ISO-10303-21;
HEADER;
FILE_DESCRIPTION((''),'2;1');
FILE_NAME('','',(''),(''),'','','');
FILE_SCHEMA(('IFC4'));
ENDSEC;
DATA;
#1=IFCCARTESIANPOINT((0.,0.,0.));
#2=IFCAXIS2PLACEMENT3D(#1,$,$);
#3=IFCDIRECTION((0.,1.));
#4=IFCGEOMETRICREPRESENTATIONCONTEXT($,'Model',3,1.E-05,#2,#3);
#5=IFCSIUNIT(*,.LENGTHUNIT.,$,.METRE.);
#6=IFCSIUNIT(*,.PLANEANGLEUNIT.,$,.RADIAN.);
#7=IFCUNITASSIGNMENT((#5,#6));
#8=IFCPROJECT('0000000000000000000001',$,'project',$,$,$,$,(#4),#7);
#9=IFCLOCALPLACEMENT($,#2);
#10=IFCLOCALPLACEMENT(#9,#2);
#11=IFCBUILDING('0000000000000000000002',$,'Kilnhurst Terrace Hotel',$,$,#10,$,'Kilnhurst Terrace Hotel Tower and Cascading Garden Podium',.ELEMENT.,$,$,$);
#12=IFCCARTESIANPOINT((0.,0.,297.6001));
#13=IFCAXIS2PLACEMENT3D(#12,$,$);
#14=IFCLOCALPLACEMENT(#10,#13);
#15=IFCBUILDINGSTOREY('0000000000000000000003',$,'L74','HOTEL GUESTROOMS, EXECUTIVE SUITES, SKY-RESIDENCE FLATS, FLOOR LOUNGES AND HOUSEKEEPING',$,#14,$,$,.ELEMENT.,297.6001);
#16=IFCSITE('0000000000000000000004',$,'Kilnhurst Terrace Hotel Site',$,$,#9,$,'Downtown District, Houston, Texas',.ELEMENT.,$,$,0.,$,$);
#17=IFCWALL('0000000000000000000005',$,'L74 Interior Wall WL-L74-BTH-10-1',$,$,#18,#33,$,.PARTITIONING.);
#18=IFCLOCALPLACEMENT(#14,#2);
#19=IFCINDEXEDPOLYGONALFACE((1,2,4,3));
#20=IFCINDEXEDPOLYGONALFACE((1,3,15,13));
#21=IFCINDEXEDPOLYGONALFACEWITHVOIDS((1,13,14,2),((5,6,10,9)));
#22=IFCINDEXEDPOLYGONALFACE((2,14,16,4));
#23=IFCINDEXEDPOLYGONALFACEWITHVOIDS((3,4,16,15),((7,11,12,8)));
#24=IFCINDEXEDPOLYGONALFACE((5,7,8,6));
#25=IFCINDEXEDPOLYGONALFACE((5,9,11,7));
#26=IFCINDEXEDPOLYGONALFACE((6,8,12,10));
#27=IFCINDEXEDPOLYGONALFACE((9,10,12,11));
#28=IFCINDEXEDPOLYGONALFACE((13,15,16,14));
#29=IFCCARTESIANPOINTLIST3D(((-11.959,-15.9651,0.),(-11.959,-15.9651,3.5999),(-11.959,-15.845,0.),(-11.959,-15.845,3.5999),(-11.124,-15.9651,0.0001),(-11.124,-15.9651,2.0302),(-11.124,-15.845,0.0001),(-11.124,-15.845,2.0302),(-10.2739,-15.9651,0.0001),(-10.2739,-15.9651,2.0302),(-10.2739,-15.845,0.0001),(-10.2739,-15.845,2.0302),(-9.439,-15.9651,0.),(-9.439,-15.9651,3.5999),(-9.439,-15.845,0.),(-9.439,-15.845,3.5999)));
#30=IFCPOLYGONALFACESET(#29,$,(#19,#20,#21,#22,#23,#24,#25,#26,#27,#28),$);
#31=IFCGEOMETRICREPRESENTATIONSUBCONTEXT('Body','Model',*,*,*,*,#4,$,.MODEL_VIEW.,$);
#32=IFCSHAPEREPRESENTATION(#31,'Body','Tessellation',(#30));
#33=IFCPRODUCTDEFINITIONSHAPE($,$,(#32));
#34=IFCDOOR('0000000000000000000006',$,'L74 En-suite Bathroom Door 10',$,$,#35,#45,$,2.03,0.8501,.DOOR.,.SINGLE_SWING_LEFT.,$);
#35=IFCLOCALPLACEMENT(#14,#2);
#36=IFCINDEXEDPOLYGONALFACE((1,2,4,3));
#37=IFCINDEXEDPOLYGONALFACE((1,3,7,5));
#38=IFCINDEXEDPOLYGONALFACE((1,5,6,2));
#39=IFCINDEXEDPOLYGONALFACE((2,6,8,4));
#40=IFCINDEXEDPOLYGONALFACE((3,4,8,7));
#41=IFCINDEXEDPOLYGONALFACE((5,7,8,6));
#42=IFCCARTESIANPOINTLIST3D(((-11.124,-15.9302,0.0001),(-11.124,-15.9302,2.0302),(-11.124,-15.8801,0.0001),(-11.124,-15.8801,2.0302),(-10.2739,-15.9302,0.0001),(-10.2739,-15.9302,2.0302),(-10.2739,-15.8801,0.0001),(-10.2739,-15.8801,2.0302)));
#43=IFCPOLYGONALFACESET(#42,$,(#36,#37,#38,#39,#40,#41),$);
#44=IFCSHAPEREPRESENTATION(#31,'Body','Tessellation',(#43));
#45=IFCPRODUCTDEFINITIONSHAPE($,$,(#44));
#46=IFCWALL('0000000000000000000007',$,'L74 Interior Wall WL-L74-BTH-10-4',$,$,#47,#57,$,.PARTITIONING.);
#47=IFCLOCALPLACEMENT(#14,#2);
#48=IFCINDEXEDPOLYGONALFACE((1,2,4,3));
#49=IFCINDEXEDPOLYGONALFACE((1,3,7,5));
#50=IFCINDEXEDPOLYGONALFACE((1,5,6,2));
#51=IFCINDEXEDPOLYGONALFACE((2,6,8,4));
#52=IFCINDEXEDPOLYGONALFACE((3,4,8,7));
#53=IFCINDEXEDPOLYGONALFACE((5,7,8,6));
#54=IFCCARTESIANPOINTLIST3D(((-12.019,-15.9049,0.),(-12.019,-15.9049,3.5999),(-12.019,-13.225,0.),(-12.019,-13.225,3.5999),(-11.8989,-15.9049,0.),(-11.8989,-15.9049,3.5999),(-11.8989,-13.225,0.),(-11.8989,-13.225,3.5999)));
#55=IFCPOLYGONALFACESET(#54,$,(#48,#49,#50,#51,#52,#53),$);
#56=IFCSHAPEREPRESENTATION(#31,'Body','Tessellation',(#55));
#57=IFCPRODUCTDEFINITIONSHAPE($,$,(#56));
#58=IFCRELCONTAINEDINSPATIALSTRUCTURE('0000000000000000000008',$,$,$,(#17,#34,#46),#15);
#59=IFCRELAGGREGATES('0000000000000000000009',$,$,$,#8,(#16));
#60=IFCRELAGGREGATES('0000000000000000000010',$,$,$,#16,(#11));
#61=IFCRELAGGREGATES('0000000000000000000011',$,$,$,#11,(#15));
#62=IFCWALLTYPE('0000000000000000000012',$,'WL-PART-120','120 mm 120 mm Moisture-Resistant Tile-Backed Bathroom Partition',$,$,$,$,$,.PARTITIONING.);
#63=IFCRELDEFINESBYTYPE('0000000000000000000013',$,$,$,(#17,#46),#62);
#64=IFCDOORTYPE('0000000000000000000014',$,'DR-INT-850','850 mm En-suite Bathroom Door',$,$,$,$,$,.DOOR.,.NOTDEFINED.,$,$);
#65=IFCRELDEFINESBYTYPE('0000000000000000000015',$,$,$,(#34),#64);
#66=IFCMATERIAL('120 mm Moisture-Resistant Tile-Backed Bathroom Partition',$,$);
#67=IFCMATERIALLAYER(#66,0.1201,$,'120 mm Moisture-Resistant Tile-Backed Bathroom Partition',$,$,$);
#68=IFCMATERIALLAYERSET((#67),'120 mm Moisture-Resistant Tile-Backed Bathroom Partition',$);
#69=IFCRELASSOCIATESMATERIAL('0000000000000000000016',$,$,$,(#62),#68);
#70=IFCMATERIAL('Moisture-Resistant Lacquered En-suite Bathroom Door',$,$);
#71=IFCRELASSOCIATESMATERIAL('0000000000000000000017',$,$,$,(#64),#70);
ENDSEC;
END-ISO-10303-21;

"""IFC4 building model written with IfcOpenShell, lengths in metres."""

from ifc_helpers import new_model, si_unit, direction, frame, frame_2d, origin, place, context, subcontext, project, spatial, rectangle, extrude, material, layer, layer_set, type_object, element, fill, save


model = new_model("IFC4")

# Units and contexts
model_context = context("Model", 3, precision=1e-05, world=origin(), true_north=direction((0.0, 1.0)))
body_context = subcontext(model_context, "Body", "Model", "MODEL_VIEW")
ifc_project = project(units=[si_unit("LENGTHUNIT", "METRE"), si_unit("PLANEANGLEUNIT", "RADIAN")], contexts=[model_context])

# Site, building, storey
site_placement = place(None, origin())
site = spatial("IfcSite", under=ifc_project, at=site_placement, Name="Kilnhurst Terrace Hotel Site", LongName="Downtown District, Houston, Texas", CompositionType="ELEMENT", RefElevation=0.0)
building_placement = place(site_placement, origin())
building = spatial("IfcBuilding", under=site, at=building_placement, Name="Kilnhurst Terrace Hotel", LongName="Kilnhurst Terrace Hotel Tower and Cascading Garden Podium", CompositionType="ELEMENT")
storey_placement = place(building_placement, frame((0.0, 0.0, 297.6001)))
storey = spatial("IfcBuildingStorey", under=building, at=storey_placement, Name="L74", Description="HOTEL GUESTROOMS, EXECUTIVE SUITES, SKY-RESIDENCE FLATS, FLOOR LOUNGES AND HOUSEKEEPING", CompositionType="ELEMENT", Elevation=297.6001)

# Shared definitions
ifc_material_1 = material(Name="120 mm Moisture-Resistant Tile-Backed Bathroom Partition")
ifc_layer_1 = layer(ifc_material_1, 0.1201, Name="120 mm Moisture-Resistant Tile-Backed Bathroom Partition")
ifc_layer_set_1 = layer_set([ifc_layer_1], Name="120 mm Moisture-Resistant Tile-Backed Bathroom Partition")
wall_type_1 = type_object("IfcWallType", Name="WL-PART-120", Description="120 mm 120 mm Moisture-Resistant Tile-Backed Bathroom Partition", PredefinedType="PARTITIONING", material=ifc_layer_set_1)
ifc_material_2 = material(Name="Moisture-Resistant Lacquered En-suite Bathroom Door")
door_type_1 = type_object("IfcDoorType", Name="DR-INT-850", Description="850 mm En-suite Bathroom Door", OperationType="NOTDEFINED", PredefinedType="DOOR", material=ifc_material_2)

# Wall, opening, door
wall_1_placement = place(storey_placement, frame((-11.959, -15.905, 0.0), z_axis=(0.0, 0.0, 1.0), x_axis=(1.0, 0.0, 0.0)))
wall_1 = element("IfcWall", 1, at=wall_1_placement, inside=storey, type_object=wall_type_1, Name="L74 Interior Wall WL-L74-BTH-10-1", PredefinedType="PARTITIONING", context=body_context, shape_type="SweptSolid", body=[
    extrude(rectangle(XDim=2.52, YDim=0.1201, at=frame_2d((1.26, 0.0))), origin(), (0.0, 0.0, 1.0), 3.5999),
])
opening_1_placement = place(wall_1_placement, frame((0.835, 0.0, 0.0)))
opening_1 = element("IfcOpeningElement", 2, at=opening_1_placement, cuts=wall_1, PredefinedType="OPENING", context=body_context, shape_type="SweptSolid", body=[
    extrude(rectangle(XDim=0.8501, YDim=2.03, at=frame_2d((0.425, 1.0151))), frame((0.0, 0.0701, 0.0), z_axis=(0.0, -1.0, 0.0), x_axis=(1.0, 0.0, 0.0)), (0.0, 0.0, 1.0), 0.1401),
])
door_1_placement = place(opening_1_placement, origin())
door_1 = element("IfcDoor", 3, at=door_1_placement, inside=storey, type_object=door_type_1, Name="L74 En-suite Bathroom Door 10", OperationType="SINGLE_SWING_LEFT", OverallHeight=2.03, OverallWidth=0.8501, PredefinedType="DOOR", context=body_context, shape_type="SweptSolid", body=[
    extrude(rectangle(XDim=0.8501, YDim=2.03, at=frame_2d((0.425, 1.0151))), frame((0.0, 0.0249, 0.0), z_axis=(0.0, -1.0, 0.0), x_axis=(1.0, 0.0, 0.0)), (0.0, 0.0, 1.0), 0.05),
])
fill(opening_1, door_1)

# Wall
wall_2_placement = place(storey_placement, frame((-11.959, -13.2251, 0.0), z_axis=(0.0, 0.0, 1.0), x_axis=(0.0, -1.0, 0.0)))
element("IfcWall", 4, at=wall_2_placement, inside=storey, type_object=wall_type_1, Name="L74 Interior Wall WL-L74-BTH-10-4", PredefinedType="PARTITIONING", context=body_context, shape_type="SweptSolid", body=[
    extrude(rectangle(XDim=2.6799, YDim=0.1201, at=frame_2d((1.3398, 0.0))), origin(), (0.0, 0.0, 1.0), 3.5999),
])

save(model, "model.ifc")
